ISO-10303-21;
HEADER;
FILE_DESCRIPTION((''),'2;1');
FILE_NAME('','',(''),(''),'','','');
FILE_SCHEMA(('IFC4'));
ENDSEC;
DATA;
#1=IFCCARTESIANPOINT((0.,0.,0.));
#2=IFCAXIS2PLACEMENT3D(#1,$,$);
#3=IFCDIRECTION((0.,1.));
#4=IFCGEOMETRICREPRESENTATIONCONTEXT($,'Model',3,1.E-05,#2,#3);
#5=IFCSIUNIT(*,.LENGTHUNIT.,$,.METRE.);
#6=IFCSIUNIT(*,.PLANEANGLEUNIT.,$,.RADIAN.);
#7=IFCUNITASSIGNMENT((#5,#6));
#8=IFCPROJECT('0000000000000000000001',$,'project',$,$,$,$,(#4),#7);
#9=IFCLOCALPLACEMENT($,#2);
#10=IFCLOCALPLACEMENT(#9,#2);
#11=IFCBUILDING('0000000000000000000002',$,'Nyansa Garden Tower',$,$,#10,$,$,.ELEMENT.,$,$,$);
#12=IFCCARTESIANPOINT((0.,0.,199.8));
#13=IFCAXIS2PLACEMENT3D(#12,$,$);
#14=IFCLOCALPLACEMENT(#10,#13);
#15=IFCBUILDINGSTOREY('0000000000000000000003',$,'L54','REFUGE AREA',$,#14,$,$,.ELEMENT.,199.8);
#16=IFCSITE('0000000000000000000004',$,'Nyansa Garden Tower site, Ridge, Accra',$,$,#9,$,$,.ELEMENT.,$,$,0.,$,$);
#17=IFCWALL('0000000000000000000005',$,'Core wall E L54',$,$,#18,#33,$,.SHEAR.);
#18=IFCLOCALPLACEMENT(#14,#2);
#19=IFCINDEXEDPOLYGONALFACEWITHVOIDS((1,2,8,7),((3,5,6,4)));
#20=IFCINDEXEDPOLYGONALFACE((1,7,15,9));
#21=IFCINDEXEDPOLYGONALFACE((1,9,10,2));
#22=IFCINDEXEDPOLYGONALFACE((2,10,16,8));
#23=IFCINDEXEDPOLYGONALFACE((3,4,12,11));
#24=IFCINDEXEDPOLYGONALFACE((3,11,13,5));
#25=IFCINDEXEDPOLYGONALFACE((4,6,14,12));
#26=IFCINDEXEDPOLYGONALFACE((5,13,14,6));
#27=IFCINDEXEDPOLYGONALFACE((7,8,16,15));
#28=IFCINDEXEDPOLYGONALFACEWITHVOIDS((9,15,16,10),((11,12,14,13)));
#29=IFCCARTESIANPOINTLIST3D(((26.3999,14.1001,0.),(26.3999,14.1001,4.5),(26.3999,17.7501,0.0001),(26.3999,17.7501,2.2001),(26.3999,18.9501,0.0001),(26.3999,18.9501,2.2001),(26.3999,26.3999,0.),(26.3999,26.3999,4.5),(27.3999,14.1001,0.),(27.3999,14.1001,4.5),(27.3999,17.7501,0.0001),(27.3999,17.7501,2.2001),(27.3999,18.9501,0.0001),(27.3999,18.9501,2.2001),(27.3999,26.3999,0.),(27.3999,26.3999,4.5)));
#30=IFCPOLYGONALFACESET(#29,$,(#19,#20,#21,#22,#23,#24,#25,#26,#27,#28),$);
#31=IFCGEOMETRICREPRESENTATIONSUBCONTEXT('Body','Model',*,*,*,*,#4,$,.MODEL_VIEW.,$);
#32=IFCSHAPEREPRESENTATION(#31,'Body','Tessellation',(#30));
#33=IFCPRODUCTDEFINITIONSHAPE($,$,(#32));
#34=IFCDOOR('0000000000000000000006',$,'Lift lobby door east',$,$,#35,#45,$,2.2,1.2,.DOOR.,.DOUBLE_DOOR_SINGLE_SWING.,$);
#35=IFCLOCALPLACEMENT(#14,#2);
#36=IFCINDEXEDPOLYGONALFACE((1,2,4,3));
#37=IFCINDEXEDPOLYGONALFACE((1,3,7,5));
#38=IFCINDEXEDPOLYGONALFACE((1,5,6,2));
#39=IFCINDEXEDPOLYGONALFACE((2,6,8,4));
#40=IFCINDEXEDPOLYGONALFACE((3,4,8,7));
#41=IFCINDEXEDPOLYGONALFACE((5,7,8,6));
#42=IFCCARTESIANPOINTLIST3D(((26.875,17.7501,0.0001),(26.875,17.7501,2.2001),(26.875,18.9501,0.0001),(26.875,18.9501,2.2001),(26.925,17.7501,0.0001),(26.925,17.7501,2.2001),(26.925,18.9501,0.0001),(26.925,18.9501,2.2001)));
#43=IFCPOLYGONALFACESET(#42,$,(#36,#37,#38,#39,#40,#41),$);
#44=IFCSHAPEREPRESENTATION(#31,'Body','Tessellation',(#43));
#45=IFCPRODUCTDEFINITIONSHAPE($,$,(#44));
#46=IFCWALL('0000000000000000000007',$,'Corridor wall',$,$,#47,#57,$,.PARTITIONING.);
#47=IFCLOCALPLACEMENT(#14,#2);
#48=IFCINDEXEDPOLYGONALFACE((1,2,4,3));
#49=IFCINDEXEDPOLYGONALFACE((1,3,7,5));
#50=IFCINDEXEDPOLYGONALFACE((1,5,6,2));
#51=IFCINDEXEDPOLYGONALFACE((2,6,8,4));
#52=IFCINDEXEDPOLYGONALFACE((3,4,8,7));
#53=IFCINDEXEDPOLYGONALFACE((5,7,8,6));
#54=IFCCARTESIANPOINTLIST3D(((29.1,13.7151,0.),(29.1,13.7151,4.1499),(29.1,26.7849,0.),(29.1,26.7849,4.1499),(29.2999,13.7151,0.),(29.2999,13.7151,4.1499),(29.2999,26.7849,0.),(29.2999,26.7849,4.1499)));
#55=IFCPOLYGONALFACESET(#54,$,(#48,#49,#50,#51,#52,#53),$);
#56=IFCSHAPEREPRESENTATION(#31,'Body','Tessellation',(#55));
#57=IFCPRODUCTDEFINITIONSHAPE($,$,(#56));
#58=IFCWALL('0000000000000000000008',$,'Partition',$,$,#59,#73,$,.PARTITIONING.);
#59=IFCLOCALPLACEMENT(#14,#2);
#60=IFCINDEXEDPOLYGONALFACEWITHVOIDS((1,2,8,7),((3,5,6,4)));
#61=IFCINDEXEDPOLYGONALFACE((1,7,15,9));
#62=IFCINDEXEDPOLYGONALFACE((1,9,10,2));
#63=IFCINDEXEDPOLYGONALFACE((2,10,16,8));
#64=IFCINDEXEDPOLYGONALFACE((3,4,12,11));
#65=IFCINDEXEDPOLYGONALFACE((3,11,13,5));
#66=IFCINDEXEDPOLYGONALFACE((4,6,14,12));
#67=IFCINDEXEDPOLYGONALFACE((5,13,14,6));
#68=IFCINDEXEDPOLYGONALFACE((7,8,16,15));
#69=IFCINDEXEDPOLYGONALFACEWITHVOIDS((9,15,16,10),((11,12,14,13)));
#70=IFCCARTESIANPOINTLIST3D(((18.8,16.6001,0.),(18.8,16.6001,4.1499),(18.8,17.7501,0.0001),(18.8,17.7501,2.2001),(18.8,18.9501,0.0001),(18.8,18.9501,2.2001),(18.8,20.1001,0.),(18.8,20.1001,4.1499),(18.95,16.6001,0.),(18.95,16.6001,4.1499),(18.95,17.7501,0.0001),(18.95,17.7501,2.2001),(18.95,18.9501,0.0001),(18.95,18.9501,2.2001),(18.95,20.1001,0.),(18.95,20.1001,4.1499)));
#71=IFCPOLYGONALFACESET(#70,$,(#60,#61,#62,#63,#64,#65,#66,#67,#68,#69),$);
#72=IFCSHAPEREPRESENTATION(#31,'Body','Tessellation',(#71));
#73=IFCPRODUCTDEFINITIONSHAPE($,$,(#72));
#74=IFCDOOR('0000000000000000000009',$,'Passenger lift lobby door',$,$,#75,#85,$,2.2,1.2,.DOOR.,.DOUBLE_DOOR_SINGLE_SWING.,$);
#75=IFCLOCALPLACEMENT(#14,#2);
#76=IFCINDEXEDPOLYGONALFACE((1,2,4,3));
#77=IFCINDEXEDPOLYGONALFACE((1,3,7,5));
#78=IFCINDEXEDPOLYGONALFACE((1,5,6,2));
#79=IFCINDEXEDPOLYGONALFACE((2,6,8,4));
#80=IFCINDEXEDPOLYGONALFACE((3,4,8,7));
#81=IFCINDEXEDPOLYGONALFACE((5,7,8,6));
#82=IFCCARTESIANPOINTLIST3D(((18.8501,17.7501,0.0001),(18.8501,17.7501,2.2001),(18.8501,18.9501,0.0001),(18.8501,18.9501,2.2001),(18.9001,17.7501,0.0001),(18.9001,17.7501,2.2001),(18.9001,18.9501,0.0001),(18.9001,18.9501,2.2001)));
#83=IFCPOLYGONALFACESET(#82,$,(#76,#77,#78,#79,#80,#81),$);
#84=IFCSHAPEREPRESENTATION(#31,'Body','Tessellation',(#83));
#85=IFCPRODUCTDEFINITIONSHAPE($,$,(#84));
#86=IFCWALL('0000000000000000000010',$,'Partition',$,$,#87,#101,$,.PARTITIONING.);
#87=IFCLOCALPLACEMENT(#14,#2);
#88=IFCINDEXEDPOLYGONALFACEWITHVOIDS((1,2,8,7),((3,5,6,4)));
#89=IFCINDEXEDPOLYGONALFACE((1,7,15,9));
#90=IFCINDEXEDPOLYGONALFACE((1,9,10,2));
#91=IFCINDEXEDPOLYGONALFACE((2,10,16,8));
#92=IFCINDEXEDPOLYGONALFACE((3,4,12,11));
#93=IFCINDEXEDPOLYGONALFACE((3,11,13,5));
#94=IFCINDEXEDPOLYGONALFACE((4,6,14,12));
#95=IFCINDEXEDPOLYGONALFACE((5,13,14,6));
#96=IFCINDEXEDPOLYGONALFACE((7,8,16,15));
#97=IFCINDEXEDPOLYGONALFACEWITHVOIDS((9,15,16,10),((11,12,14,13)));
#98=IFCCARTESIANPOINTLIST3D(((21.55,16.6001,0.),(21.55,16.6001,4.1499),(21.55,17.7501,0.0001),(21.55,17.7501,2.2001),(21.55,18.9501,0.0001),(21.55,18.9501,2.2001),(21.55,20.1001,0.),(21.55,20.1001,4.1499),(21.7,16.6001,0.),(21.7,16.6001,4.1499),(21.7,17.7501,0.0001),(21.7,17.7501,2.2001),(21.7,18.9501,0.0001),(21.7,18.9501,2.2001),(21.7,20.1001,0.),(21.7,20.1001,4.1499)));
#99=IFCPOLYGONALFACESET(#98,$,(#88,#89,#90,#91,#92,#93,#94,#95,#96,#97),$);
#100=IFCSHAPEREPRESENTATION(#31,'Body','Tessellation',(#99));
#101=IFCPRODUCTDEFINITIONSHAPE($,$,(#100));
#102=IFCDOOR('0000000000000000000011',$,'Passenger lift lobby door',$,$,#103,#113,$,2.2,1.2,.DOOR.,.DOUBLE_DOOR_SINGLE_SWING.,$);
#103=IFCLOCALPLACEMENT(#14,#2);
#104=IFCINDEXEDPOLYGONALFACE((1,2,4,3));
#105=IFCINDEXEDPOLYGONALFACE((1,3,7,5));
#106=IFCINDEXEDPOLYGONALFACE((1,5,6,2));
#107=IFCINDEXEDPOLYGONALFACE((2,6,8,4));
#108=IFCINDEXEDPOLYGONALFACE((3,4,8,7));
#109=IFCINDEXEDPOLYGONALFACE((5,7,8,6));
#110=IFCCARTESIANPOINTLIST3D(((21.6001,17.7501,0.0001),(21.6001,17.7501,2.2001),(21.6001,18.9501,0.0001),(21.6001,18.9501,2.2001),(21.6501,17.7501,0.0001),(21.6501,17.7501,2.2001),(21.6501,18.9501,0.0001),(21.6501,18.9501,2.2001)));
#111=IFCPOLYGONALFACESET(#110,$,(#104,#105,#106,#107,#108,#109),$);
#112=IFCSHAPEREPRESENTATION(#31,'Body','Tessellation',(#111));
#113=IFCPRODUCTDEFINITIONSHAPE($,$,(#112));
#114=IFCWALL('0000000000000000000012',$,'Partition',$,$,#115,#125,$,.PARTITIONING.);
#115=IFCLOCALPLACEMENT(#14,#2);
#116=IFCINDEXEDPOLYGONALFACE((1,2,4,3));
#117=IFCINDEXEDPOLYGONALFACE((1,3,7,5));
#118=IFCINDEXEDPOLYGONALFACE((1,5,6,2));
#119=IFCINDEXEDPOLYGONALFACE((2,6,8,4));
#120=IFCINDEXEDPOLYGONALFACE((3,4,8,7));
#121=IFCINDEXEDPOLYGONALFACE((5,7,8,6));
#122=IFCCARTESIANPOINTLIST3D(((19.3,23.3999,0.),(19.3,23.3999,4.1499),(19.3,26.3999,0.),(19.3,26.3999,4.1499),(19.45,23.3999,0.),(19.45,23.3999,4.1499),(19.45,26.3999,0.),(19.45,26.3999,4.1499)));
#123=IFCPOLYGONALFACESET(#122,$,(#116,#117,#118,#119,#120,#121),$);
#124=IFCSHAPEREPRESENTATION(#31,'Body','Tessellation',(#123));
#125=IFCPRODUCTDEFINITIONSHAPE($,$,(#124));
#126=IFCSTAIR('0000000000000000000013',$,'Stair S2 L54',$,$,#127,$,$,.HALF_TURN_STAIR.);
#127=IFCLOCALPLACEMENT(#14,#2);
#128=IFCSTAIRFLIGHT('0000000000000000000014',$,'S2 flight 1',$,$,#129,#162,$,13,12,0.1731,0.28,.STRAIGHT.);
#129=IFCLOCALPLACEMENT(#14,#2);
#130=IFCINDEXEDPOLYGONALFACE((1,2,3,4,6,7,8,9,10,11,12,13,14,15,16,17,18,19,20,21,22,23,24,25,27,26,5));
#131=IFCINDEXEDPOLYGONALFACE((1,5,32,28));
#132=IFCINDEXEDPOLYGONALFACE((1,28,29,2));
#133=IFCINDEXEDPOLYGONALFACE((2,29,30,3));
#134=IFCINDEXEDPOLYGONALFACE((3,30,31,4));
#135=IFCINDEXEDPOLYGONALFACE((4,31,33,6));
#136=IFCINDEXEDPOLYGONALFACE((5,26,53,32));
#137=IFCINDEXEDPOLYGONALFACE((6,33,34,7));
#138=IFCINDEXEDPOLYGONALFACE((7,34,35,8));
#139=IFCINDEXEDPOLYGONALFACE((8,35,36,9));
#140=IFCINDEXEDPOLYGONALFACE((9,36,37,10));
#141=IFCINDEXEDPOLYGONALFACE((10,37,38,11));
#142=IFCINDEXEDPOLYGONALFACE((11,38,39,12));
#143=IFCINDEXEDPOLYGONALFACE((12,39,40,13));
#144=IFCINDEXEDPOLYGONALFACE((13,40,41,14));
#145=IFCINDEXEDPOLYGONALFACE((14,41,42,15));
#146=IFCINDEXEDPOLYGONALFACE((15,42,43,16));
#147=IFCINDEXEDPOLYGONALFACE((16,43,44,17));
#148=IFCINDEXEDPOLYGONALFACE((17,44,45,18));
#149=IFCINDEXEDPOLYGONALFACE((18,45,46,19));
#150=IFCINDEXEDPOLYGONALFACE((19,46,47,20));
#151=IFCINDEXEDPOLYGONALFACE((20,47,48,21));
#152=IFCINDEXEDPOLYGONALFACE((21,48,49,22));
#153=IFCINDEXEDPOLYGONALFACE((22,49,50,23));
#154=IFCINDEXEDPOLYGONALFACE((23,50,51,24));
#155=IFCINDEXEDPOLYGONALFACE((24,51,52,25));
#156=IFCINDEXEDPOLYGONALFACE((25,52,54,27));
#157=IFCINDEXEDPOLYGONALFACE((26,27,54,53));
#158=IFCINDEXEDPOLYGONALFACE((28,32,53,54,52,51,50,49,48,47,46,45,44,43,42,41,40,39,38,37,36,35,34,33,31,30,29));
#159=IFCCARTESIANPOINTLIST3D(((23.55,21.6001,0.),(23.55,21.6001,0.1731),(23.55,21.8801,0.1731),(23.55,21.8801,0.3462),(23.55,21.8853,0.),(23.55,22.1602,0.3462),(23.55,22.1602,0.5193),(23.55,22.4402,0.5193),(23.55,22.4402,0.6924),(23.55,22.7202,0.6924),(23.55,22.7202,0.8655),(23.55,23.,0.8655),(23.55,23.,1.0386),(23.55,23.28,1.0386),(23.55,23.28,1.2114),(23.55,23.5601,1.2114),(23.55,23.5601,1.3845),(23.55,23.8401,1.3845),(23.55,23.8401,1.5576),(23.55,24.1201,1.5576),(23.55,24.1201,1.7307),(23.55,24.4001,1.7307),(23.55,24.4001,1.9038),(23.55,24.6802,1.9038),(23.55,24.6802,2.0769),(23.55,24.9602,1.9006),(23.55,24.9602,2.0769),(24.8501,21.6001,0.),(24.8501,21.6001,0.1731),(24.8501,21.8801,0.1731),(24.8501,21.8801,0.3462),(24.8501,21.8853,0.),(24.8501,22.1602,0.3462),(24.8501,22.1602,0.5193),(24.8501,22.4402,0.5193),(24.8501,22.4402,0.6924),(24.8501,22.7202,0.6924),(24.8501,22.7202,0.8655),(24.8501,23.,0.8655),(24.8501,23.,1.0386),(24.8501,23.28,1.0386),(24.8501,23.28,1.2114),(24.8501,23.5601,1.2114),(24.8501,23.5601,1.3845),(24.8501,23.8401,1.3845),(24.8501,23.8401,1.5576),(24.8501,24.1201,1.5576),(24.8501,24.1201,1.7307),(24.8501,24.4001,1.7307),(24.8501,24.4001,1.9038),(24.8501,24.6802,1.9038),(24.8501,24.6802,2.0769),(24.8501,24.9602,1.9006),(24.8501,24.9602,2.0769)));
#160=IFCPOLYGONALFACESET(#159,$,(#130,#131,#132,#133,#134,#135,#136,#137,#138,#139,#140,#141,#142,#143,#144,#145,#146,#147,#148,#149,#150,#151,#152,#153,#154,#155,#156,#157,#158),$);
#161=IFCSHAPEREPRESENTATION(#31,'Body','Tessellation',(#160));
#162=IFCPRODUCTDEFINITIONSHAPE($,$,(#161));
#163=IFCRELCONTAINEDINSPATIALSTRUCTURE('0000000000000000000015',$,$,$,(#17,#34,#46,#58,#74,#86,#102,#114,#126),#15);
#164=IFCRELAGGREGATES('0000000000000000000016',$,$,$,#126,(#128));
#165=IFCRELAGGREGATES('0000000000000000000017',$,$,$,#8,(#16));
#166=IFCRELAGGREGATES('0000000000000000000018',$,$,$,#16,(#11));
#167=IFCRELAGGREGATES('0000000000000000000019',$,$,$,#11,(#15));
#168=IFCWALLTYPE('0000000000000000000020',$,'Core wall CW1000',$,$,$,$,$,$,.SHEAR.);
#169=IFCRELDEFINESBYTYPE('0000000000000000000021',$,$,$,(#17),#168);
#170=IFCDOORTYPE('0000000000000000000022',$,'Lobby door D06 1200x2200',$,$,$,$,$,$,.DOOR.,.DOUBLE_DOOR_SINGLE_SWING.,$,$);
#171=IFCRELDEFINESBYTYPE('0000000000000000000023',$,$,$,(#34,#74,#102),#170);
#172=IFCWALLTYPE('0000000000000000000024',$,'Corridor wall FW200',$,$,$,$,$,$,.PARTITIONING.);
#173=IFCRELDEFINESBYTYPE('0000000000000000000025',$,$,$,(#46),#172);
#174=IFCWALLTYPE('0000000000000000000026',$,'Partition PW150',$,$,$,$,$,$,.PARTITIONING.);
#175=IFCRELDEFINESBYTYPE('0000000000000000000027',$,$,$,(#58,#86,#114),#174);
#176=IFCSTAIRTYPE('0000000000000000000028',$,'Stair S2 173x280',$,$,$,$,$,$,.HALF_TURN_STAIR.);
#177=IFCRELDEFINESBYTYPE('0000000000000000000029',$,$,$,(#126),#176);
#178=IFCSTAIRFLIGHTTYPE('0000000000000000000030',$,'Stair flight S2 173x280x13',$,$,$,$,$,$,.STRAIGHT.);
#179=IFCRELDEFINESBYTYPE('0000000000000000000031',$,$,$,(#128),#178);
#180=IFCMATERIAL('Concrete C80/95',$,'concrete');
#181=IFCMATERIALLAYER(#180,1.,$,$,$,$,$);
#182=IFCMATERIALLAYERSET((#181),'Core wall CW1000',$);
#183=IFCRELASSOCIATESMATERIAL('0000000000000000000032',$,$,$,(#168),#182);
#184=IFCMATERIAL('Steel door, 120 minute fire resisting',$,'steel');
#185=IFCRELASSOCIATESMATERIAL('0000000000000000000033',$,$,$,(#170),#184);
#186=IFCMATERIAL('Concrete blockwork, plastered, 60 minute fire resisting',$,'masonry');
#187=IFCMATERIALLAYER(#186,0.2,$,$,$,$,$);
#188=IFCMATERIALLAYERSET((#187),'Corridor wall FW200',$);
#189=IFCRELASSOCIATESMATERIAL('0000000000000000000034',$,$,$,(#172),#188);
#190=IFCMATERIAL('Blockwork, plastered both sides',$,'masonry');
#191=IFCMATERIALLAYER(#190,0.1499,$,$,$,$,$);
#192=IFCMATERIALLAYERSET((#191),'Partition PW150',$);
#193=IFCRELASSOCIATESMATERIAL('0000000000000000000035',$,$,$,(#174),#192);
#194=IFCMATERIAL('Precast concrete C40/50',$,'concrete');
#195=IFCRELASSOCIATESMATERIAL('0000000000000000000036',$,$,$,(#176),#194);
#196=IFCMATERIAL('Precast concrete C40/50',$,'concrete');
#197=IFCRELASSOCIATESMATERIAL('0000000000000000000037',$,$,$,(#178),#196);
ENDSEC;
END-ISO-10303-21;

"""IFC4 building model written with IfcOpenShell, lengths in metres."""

from ifc_helpers import new_model, si_unit, direction, frame, frame_2d, origin, place, context, subcontext, project, spatial, polyline, rectangle, outline, extrude, material, layer, layer_set, type_object, element, fill, aggregate, save


model = new_model("IFC4")

# Units and contexts
model_context = context("Model", 3, precision=1e-05, world=origin(), true_north=direction((0.0, 1.0)))
body_context = subcontext(model_context, "Body", "Model", "MODEL_VIEW")
ifc_project = project(units=[si_unit("LENGTHUNIT", "METRE"), si_unit("PLANEANGLEUNIT", "RADIAN")], contexts=[model_context])

# Site, building, storey
site_placement = place(None, origin())
site = spatial("IfcSite", under=ifc_project, at=site_placement, Name="Nyansa Garden Tower site, Ridge, Accra", CompositionType="ELEMENT", RefElevation=0.0)
building_placement = place(site_placement, origin())
building = spatial("IfcBuilding", under=site, at=building_placement, Name="Nyansa Garden Tower", CompositionType="ELEMENT")
storey_placement = place(building_placement, frame((0.0, 0.0, 199.8)))
storey = spatial("IfcBuildingStorey", under=building, at=storey_placement, Name="L54", Description="REFUGE AREA", CompositionType="ELEMENT", Elevation=199.8)

# Wall, opening, door
ifc_material_1 = material(Name="Concrete C80/95", Category="concrete")
ifc_layer_1 = layer(ifc_material_1, 1.0)
ifc_layer_set_1 = layer_set([ifc_layer_1], Name="Core wall CW1000")
wall_type_1 = type_object("IfcWallType", Name="Core wall CW1000", PredefinedType="SHEAR", material=ifc_layer_set_1)
wall_1_placement = place(storey_placement, frame((26.8999, 14.1001, 0.0), z_axis=(0.0, 0.0, 1.0), x_axis=(0.0, 1.0, 0.0)))
wall_1 = element("IfcWall", 1, at=wall_1_placement, inside=storey, type_object=wall_type_1, Name="Core wall E L54", PredefinedType="SHEAR", context=body_context, shape_type="SweptSolid", body=[
    extrude(rectangle(XDim=12.2998, YDim=1.0, at=frame_2d((6.1499, 0.0))), origin(), (0.0, 0.0, 1.0), 4.5),
])
opening_1_placement = place(wall_1_placement, frame((3.6499, 0.0, 0.0)))
opening_1 = element("IfcOpeningElement", 2, at=opening_1_placement, cuts=wall_1, PredefinedType="OPENING", context=body_context, shape_type="SweptSolid", body=[
    extrude(rectangle(XDim=1.2, YDim=2.2, at=frame_2d((0.6001, 1.1001))), frame((0.0, 0.51, 0.0), z_axis=(0.0, -1.0, 0.0), x_axis=(1.0, 0.0, 0.0)), (0.0, 0.0, 1.0), 1.02),
])
ifc_material_2 = material(Name="Steel door, 120 minute fire resisting", Category="steel")
door_type = type_object("IfcDoorType", Name="Lobby door D06 1200x2200", OperationType="DOUBLE_DOOR_SINGLE_SWING", PredefinedType="DOOR", material=ifc_material_2)
door_1_placement = place(opening_1_placement, origin())
door_1 = element("IfcDoor", 3, at=door_1_placement, inside=storey, type_object=door_type, Name="Lift lobby door east", OperationType="DOUBLE_DOOR_SINGLE_SWING", OverallHeight=2.2, OverallWidth=1.2, PredefinedType="DOOR", context=body_context, shape_type="SweptSolid", body=[
    extrude(rectangle(XDim=1.2, YDim=2.2, at=frame_2d((0.6001, 1.1001))), frame((0.0, 0.0249, 0.0), z_axis=(0.0, -1.0, 0.0), x_axis=(1.0, 0.0, 0.0)), (0.0, 0.0, 1.0), 0.05),
])
fill(opening_1, door_1)

# Wall
ifc_material_3 = material(Name="Concrete blockwork, plastered, 60 minute fire resisting", Category="masonry")
ifc_layer_2 = layer(ifc_material_3, 0.2)
ifc_layer_set_2 = layer_set([ifc_layer_2], Name="Corridor wall FW200")
wall_type_2 = type_object("IfcWallType", Name="Corridor wall FW200", PredefinedType="PARTITIONING", material=ifc_layer_set_2)
wall_2_placement = place(storey_placement, frame((29.2, 13.7151, 0.0), z_axis=(0.0, 0.0, 1.0), x_axis=(0.0, 1.0, 0.0)))
element("IfcWall", 4, at=wall_2_placement, inside=storey, type_object=wall_type_2, Name="Corridor wall", PredefinedType="PARTITIONING", context=body_context, shape_type="SweptSolid", body=[
    extrude(rectangle(XDim=13.0698, YDim=0.2, at=frame_2d((6.5349, 0.0))), origin(), (0.0, 0.0, 1.0), 4.1499),
])

# Walls, openings, doors
ifc_material_4 = material(Name="Blockwork, plastered both sides", Category="masonry")
ifc_layer_3 = layer(ifc_material_4, 0.1499)
ifc_layer_set_3 = layer_set([ifc_layer_3], Name="Partition PW150")
wall_type_3 = type_object("IfcWallType", Name="Partition PW150", PredefinedType="PARTITIONING", material=ifc_layer_set_3)
wall_3_placement = place(storey_placement, frame((18.875, 16.6001, 0.0), z_axis=(0.0, 0.0, 1.0), x_axis=(0.0, 1.0, 0.0)))
wall_3 = element("IfcWall", 5, at=wall_3_placement, inside=storey, type_object=wall_type_3, Name="Partition", PredefinedType="PARTITIONING", context=body_context, shape_type="SweptSolid", body=[
    extrude(rectangle(XDim=3.5, YDim=0.1499, at=frame_2d((1.75, 0.0))), origin(), (0.0, 0.0, 1.0), 4.1499),
])
opening_2_placement = place(wall_3_placement, frame((1.1499, 0.0, 0.0)))
opening_2 = element("IfcOpeningElement", 6, at=opening_2_placement, cuts=wall_3, PredefinedType="OPENING", context=body_context, shape_type="SweptSolid", body=[
    extrude(rectangle(XDim=1.2, YDim=2.2, at=frame_2d((0.6001, 1.1001))), frame((0.0, 0.085, 0.0), z_axis=(0.0, -1.0, 0.0), x_axis=(1.0, 0.0, 0.0)), (0.0, 0.0, 1.0), 0.1699),
])
door_2_placement = place(opening_2_placement, origin())
door_2 = element("IfcDoor", 7, at=door_2_placement, inside=storey, type_object=door_type, Name="Passenger lift lobby door", OperationType="DOUBLE_DOOR_SINGLE_SWING", OverallHeight=2.2, OverallWidth=1.2, PredefinedType="DOOR", context=body_context, shape_type="SweptSolid", body=[
    extrude(rectangle(XDim=1.2, YDim=2.2, at=frame_2d((0.6001, 1.1001))), frame((0.0, 0.0249, 0.0), z_axis=(0.0, -1.0, 0.0), x_axis=(1.0, 0.0, 0.0)), (0.0, 0.0, 1.0), 0.05),
])
fill(opening_2, door_2)
wall_4_placement = place(storey_placement, frame((21.625, 16.6001, 0.0), z_axis=(0.0, 0.0, 1.0), x_axis=(0.0, 1.0, 0.0)))
wall_4 = element("IfcWall", 8, at=wall_4_placement, inside=storey, type_object=wall_type_3, Name="Partition", PredefinedType="PARTITIONING", context=body_context, shape_type="SweptSolid", body=[
    extrude(rectangle(XDim=3.5, YDim=0.1499, at=frame_2d((1.75, 0.0))), origin(), (0.0, 0.0, 1.0), 4.1499),
])
opening_3_placement = place(wall_4_placement, frame((1.1499, 0.0, 0.0)))
opening_3 = element("IfcOpeningElement", 9, at=opening_3_placement, cuts=wall_4, PredefinedType="OPENING", context=body_context, shape_type="SweptSolid", body=[
    extrude(rectangle(XDim=1.2, YDim=2.2, at=frame_2d((0.6001, 1.1001))), frame((0.0, 0.085, 0.0), z_axis=(0.0, -1.0, 0.0), x_axis=(1.0, 0.0, 0.0)), (0.0, 0.0, 1.0), 0.1699),
])
door_3_placement = place(opening_3_placement, origin())
door_3 = element("IfcDoor", 10, at=door_3_placement, inside=storey, type_object=door_type, Name="Passenger lift lobby door", OperationType="DOUBLE_DOOR_SINGLE_SWING", OverallHeight=2.2, OverallWidth=1.2, PredefinedType="DOOR", context=body_context, shape_type="SweptSolid", body=[
    extrude(rectangle(XDim=1.2, YDim=2.2, at=frame_2d((0.6001, 1.1001))), frame((0.0, 0.0249, 0.0), z_axis=(0.0, -1.0, 0.0), x_axis=(1.0, 0.0, 0.0)), (0.0, 0.0, 1.0), 0.05),
])
fill(opening_3, door_3)

# Wall
wall_5_placement = place(storey_placement, frame((19.375, 23.3999, 0.0), z_axis=(0.0, 0.0, 1.0), x_axis=(0.0, 1.0, 0.0)))
element("IfcWall", 11, at=wall_5_placement, inside=storey, type_object=wall_type_3, Name="Partition", PredefinedType="PARTITIONING", context=body_context, shape_type="SweptSolid", body=[
    extrude(rectangle(XDim=3.0, YDim=0.1499, at=frame_2d((1.5, 0.0))), origin(), (0.0, 0.0, 1.0), 4.1499),
])

# Stair, stair flight
ifc_material_5 = material(Name="Precast concrete C40/50", Category="concrete")
stair_type = type_object("IfcStairType", Name="Stair S2 173x280", PredefinedType="HALF_TURN_STAIR", material=ifc_material_5)
stair_placement = place(storey_placement, origin())
stair = element("IfcStair", 12, at=stair_placement, inside=storey, type_object=stair_type, Name="Stair S2 L54", PredefinedType="HALF_TURN_STAIR")
ifc_material_6 = material(Name="Precast concrete C40/50", Category="concrete")
stair_flight_type = type_object("IfcStairFlightType", Name="Stair flight S2 173x280x13", PredefinedType="STRAIGHT", material=ifc_material_6)
stair_flight_1_placement = place(storey_placement, frame((24.2, 21.6001, 0.0), z_axis=(0.0, 0.0, 1.0), x_axis=(0.0, 1.0, 0.0)))
stair_flight_1 = element("IfcStairFlight", 13, at=stair_flight_1_placement, type_object=stair_flight_type, Name="S2 flight 1", NumberOfRisers=13, NumberOfTreads=12, PredefinedType="STRAIGHT", RiserHeight=0.1731, TreadLength=0.28, context=body_context, shape_type="SweptSolid", body=[
    extrude(outline(polyline([(0.0, 0.0), (0.0, 0.1731), (0.28, 0.1731), (0.28, 0.3462), (0.5601, 0.3462), (0.5601, 0.5193), (0.8401, 0.5193), (0.8401, 0.6924), (1.1201, 0.6924), (1.1201, 0.8655), (1.3999, 0.8655), (1.3999, 1.0386), (1.6799, 1.0386), (1.6799, 1.2114), (1.96, 1.2114), (1.96, 1.3845), (2.24, 1.3845), (2.24, 1.5576), (2.52, 1.5576), (2.52, 1.7307), (2.8, 1.7307), (2.8, 1.9038), (3.0801, 1.9038), (3.0801, 2.0769), (3.3601, 2.0769), (3.3601, 2.25), (3.3601, 1.9006), (0.2852, 0.0), (0.0, 0.0)])), frame((0.0, 0.6499, 0.0), z_axis=(0.0, -1.0, 0.0), x_axis=(1.0, 0.0, 0.0)), (0.0, 0.0, 1.0), 1.3),
])
aggregate(stair, [stair_flight_1])

save(model, "model.ifc")
